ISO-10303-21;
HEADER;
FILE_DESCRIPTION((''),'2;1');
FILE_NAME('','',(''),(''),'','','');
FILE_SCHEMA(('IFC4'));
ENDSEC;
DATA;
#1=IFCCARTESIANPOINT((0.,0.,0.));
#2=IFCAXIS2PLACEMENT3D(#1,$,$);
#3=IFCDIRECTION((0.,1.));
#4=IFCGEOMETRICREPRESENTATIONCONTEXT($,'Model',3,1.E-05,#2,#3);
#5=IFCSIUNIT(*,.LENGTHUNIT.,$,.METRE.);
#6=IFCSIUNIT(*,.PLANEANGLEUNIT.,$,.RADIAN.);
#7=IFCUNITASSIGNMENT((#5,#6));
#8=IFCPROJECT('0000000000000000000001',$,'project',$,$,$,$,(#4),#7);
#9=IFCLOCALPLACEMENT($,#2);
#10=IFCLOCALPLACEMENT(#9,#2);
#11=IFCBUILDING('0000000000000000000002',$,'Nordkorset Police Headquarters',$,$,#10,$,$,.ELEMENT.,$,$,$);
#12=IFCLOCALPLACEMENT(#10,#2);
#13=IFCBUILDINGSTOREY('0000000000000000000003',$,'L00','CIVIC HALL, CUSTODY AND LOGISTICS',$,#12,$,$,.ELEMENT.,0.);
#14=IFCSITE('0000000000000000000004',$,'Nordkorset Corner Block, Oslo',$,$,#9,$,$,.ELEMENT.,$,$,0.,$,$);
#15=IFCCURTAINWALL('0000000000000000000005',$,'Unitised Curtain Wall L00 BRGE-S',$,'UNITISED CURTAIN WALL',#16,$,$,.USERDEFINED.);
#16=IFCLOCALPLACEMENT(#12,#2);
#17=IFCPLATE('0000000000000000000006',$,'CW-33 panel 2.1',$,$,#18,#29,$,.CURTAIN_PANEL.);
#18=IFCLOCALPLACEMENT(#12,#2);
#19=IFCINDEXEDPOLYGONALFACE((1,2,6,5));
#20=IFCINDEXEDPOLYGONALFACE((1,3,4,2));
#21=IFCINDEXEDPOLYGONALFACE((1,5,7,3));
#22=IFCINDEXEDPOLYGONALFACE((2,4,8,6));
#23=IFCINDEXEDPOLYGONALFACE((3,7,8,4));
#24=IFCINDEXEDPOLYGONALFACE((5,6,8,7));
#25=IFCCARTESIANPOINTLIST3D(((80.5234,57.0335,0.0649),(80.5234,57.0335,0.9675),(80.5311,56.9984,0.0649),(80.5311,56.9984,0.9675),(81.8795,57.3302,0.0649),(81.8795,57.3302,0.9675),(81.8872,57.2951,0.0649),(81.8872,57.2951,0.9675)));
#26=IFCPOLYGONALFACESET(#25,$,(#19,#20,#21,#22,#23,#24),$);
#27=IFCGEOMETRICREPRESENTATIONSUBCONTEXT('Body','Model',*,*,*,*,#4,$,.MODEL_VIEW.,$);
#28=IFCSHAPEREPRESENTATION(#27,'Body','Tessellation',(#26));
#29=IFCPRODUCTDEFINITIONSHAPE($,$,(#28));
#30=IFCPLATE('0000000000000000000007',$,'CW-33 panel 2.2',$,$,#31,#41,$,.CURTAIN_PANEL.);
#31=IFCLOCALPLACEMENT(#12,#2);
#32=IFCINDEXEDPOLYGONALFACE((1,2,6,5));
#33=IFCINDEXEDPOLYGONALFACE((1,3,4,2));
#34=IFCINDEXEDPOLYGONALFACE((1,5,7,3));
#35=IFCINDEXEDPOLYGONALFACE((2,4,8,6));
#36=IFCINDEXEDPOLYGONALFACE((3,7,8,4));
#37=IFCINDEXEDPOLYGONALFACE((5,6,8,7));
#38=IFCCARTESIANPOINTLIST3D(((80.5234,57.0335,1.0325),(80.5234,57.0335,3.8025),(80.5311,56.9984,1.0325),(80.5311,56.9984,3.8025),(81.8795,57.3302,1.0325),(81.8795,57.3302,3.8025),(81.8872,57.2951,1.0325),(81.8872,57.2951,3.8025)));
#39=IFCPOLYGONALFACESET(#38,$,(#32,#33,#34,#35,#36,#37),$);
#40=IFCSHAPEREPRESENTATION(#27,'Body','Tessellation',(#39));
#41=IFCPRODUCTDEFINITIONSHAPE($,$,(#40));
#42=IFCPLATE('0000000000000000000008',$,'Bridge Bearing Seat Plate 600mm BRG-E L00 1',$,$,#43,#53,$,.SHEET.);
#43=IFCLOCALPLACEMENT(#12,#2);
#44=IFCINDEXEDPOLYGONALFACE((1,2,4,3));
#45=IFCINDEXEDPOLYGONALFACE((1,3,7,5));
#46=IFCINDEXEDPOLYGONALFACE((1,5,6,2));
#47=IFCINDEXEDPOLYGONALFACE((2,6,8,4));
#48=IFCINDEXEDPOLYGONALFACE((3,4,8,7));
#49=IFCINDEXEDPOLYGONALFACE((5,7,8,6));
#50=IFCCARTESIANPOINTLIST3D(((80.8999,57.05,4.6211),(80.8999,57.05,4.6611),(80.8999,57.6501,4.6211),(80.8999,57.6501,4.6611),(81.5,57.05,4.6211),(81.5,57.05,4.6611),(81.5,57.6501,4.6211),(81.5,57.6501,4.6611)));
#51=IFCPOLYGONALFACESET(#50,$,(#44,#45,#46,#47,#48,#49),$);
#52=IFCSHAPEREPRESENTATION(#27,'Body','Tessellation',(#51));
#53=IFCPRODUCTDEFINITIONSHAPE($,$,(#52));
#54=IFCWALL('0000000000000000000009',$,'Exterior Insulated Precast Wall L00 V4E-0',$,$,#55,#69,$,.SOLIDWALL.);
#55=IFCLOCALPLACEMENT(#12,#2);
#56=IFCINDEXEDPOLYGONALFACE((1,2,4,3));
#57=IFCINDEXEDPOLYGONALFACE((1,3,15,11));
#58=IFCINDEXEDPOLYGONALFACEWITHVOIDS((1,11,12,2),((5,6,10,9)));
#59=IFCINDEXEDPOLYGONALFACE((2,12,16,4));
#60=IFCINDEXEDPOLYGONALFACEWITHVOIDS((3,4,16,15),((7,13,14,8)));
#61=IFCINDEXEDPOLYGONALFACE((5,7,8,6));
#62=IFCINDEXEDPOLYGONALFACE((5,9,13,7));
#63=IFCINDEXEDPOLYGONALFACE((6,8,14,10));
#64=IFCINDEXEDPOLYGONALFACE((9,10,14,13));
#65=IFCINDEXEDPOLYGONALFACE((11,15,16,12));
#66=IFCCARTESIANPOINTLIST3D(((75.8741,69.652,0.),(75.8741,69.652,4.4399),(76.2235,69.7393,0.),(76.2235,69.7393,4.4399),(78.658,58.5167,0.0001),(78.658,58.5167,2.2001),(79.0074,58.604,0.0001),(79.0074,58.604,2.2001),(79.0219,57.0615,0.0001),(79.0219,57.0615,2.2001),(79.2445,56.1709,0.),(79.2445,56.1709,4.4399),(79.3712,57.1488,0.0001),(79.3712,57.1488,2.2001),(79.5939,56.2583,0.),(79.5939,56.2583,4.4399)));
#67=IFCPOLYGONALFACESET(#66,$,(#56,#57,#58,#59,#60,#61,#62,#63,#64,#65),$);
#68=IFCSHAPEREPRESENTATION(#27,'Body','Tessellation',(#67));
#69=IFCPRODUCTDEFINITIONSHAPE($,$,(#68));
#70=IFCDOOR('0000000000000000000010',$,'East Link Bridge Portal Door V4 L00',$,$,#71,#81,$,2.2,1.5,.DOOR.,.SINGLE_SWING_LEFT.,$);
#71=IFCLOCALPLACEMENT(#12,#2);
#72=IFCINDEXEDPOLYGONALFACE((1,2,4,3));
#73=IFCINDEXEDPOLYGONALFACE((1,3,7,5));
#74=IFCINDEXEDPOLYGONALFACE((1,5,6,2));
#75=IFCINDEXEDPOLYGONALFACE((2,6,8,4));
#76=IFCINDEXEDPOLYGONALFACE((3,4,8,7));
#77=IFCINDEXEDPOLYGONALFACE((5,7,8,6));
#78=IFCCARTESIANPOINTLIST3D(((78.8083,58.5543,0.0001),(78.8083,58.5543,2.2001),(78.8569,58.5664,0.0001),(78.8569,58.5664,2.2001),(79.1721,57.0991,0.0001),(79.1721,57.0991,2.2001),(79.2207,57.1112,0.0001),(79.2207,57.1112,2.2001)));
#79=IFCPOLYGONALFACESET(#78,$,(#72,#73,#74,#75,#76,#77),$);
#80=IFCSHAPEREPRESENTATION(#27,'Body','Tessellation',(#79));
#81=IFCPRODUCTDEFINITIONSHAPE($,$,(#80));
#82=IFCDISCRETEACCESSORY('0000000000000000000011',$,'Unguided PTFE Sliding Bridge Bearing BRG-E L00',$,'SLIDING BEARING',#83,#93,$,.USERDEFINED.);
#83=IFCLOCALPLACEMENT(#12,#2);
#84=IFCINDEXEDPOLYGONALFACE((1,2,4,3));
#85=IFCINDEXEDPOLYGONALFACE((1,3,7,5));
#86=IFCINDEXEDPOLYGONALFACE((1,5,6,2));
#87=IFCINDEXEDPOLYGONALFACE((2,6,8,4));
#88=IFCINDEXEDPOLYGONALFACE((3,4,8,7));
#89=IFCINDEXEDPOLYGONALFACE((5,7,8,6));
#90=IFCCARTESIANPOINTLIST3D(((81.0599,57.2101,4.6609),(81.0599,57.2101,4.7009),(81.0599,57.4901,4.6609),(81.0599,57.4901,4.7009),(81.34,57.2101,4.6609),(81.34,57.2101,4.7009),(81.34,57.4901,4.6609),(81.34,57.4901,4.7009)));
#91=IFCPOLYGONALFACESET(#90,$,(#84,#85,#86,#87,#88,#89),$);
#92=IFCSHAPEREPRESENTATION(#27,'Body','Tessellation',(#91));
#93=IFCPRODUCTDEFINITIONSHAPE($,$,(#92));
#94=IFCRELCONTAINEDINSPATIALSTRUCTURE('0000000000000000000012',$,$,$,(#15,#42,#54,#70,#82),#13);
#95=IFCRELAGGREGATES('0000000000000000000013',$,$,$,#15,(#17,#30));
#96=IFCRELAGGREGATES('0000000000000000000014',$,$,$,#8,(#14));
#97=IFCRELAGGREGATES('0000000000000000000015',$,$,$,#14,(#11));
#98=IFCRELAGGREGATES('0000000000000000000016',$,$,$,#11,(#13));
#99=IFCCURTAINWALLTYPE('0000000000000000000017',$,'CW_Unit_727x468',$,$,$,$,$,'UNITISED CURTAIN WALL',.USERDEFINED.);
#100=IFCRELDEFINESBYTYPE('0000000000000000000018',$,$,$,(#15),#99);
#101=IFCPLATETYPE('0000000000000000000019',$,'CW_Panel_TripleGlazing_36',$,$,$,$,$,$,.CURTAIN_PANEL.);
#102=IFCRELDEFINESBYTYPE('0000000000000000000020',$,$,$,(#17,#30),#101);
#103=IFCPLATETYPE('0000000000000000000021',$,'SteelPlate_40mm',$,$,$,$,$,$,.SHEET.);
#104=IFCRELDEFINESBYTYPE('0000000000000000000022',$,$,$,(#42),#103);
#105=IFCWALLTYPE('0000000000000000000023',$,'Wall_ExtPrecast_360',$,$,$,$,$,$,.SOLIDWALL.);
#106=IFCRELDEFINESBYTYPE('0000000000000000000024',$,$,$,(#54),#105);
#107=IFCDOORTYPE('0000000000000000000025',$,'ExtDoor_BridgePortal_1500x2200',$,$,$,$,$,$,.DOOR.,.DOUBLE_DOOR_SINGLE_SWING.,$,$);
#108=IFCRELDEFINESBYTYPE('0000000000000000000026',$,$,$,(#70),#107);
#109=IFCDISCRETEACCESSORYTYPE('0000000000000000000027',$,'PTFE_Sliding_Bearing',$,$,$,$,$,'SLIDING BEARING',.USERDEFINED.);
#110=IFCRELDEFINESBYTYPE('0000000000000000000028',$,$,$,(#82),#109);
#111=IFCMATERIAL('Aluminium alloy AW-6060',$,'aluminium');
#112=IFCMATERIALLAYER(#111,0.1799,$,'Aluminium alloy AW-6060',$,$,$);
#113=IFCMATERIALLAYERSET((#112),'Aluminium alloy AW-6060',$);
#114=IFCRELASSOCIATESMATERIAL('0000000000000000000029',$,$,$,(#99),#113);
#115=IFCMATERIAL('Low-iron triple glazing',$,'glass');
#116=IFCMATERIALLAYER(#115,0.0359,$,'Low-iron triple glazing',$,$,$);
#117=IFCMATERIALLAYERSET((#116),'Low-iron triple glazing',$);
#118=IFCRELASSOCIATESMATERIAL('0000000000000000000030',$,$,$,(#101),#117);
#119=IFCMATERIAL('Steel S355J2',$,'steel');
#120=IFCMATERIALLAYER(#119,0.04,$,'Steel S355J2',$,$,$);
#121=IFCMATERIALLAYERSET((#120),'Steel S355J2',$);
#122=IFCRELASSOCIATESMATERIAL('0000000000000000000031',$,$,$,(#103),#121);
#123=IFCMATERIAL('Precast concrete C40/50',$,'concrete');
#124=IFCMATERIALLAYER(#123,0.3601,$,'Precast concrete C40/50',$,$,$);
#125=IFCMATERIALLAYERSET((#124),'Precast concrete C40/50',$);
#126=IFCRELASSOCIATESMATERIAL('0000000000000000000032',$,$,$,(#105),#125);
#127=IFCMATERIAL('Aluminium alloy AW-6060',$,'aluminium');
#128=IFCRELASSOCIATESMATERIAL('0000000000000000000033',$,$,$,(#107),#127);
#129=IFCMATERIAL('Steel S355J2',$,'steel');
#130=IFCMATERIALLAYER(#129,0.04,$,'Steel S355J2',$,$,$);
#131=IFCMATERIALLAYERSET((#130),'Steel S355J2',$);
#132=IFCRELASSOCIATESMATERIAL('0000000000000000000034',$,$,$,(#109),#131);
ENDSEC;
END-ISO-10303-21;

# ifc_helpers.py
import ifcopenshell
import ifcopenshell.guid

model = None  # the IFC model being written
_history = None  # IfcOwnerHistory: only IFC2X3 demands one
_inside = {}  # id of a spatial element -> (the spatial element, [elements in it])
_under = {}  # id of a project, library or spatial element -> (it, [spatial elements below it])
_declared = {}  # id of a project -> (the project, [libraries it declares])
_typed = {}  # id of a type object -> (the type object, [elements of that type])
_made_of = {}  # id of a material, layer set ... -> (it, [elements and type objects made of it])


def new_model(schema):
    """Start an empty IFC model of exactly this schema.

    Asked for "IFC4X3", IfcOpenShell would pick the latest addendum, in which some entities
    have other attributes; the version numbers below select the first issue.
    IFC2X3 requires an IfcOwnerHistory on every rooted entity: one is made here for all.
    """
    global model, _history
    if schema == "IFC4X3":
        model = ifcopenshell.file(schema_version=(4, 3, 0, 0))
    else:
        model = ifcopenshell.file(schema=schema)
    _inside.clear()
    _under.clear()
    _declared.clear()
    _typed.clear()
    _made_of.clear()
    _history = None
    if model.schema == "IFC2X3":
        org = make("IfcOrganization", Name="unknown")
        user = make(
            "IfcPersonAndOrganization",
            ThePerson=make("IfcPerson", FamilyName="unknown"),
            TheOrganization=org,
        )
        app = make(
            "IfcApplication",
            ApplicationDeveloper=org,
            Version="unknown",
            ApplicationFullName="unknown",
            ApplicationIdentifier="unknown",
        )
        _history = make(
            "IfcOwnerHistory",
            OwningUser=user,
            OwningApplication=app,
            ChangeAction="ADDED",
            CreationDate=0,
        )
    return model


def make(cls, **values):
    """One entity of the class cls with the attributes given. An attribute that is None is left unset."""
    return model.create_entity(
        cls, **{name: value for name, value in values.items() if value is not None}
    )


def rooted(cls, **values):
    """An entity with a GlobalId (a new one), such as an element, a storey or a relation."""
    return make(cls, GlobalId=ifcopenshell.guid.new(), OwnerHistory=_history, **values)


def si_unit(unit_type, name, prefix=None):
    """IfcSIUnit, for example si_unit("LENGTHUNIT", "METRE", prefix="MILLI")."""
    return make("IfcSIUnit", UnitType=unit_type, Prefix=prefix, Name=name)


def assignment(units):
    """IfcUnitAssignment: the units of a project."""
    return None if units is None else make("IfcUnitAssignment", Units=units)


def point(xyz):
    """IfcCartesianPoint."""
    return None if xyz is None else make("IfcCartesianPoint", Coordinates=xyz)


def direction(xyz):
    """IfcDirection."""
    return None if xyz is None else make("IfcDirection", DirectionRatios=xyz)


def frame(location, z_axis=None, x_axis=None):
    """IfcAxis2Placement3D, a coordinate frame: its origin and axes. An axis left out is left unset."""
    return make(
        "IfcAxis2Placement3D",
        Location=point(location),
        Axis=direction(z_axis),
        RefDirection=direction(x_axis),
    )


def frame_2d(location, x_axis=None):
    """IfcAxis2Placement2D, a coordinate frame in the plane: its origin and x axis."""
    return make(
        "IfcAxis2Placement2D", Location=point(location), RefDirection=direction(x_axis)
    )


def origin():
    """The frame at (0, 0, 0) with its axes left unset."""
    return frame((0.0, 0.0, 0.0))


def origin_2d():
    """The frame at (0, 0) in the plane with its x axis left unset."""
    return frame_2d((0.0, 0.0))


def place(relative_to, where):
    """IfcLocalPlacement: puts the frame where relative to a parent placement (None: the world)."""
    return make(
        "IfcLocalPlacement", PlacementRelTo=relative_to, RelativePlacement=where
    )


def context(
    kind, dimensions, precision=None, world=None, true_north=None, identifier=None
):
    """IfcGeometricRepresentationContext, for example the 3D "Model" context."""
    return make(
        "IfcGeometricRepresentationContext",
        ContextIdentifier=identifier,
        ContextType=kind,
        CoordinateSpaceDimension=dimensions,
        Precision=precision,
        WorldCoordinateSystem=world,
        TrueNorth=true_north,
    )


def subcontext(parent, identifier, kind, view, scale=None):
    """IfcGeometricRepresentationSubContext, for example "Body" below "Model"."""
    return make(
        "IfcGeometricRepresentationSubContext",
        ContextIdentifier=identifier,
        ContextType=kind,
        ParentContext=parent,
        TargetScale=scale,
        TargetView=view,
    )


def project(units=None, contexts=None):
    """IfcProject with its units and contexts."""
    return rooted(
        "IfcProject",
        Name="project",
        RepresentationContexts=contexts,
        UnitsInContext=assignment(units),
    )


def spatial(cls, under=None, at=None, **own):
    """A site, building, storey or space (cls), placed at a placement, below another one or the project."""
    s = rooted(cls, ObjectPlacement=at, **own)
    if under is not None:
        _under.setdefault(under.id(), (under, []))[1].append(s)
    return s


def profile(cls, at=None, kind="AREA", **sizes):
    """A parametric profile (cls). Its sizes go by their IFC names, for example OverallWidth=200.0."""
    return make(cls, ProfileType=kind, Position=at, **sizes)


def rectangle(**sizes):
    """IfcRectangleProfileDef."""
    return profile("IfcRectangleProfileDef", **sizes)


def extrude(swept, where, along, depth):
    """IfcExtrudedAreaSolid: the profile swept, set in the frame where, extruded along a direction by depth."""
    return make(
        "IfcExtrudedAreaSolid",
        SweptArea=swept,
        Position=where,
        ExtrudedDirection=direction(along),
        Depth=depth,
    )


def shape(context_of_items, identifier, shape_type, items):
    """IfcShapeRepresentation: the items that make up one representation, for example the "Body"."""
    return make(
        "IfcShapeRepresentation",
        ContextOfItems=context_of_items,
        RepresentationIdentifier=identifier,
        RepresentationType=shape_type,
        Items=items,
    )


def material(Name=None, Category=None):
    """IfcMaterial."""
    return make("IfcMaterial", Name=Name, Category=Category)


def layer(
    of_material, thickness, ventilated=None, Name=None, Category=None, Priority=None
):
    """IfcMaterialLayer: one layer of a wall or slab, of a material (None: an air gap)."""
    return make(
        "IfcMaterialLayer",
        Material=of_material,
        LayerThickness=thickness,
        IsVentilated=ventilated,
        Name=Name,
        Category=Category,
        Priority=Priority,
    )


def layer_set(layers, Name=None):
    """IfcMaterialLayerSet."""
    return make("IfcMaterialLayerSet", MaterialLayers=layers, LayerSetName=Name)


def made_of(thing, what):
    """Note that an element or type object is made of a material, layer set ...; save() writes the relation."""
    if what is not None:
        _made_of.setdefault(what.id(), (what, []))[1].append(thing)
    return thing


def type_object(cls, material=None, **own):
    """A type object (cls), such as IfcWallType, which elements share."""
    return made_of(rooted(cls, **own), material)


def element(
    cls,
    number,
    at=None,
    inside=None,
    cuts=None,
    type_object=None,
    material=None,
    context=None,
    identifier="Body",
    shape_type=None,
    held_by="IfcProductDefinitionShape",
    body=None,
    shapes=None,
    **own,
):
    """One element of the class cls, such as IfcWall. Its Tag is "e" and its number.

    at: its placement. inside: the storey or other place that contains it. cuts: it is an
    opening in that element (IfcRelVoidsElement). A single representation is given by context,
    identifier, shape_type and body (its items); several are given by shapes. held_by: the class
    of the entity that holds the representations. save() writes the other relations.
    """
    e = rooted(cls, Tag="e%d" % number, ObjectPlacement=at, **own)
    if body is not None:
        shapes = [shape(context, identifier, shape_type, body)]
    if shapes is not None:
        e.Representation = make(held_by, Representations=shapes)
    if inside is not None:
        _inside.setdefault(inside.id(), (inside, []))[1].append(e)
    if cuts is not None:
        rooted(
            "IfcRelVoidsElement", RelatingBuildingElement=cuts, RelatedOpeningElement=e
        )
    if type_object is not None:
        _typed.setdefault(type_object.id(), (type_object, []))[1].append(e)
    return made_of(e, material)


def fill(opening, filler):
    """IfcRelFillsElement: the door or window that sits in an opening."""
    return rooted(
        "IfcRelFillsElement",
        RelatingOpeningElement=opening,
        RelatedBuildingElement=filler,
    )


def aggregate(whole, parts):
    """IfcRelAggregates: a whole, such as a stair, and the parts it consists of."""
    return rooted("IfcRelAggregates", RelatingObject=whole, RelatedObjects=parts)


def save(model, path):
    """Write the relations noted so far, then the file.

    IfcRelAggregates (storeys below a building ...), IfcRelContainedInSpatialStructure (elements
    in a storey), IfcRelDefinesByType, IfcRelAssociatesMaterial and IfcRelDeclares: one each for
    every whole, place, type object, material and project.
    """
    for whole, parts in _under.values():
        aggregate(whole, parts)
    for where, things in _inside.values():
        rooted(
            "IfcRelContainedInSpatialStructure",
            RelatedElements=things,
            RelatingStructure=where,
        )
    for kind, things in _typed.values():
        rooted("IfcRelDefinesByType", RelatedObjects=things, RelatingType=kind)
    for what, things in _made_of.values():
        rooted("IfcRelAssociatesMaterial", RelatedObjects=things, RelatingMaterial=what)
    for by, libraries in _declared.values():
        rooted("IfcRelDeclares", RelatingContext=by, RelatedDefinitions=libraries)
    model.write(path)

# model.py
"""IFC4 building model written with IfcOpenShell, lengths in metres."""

from ifc_helpers import new_model, si_unit, direction, frame, frame_2d, origin, origin_2d, place, context, subcontext, project, spatial, rectangle, extrude, material, layer, layer_set, type_object, element, fill, aggregate, save


model = new_model("IFC4")

# Units and contexts
model_context = context("Model", 3, precision=1e-05, world=origin(), true_north=direction((0.0, 1.0)))
body_context = subcontext(model_context, "Body", "Model", "MODEL_VIEW")
ifc_project = project(units=[si_unit("LENGTHUNIT", "METRE"), si_unit("PLANEANGLEUNIT", "RADIAN")], contexts=[model_context])

# Site, building, storey
site_placement = place(None, origin())
site = spatial("IfcSite", under=ifc_project, at=site_placement, Name="Nordkorset Corner Block, Oslo", CompositionType="ELEMENT", RefElevation=0.0)
building_placement = place(site_placement, origin())
building = spatial("IfcBuilding", under=site, at=building_placement, Name="Nordkorset Police Headquarters", CompositionType="ELEMENT")
storey_placement = place(building_placement, origin())
storey = spatial("IfcBuildingStorey", under=building, at=storey_placement, Name="L00", Description="CIVIC HALL, CUSTODY AND LOGISTICS", CompositionType="ELEMENT", Elevation=0.0)

# Curtain wall
ifc_material_1 = material(Name="Aluminium alloy AW-6060", Category="aluminium")
ifc_layer_1 = layer(ifc_material_1, 0.1799, Name="Aluminium alloy AW-6060")
ifc_layer_set_1 = layer_set([ifc_layer_1], Name="Aluminium alloy AW-6060")
curtain_wall_type_1 = type_object("IfcCurtainWallType", Name="CW_Unit_727x468", ElementType="UNITISED CURTAIN WALL", PredefinedType="USERDEFINED", material=ifc_layer_set_1)
curtain_wall_1_placement = place(storey_placement, origin())
curtain_wall_1 = element("IfcCurtainWall", 1, at=curtain_wall_1_placement, inside=storey, type_object=curtain_wall_type_1, Name="Unitised Curtain Wall L00 BRGE-S", ObjectType="UNITISED CURTAIN WALL", PredefinedType="USERDEFINED")

# Plates
ifc_material_2 = material(Name="Low-iron triple glazing", Category="glass")
ifc_layer_2 = layer(ifc_material_2, 0.0359, Name="Low-iron triple glazing")
ifc_layer_set_2 = layer_set([ifc_layer_2], Name="Low-iron triple glazing")
plate_type_1 = type_object("IfcPlateType", Name="CW_Panel_TripleGlazing_36", PredefinedType="CURTAIN_PANEL", material=ifc_layer_set_2)
plate_1_placement = place(storey_placement, frame((81.2053, 57.1643, 0.0649), z_axis=(0.0, 0.0, 1.0), x_axis=(0.976891, 0.213737, 0.0)))
plate_1 = element("IfcPlate", 2, at=plate_1_placement, type_object=plate_type_1, Name="CW-33 panel 2.1", PredefinedType="CURTAIN_PANEL", context=body_context, shape_type="SweptSolid", body=[
    extrude(rectangle(XDim=1.3882, YDim=0.0359, at=origin_2d()), origin(), (0.0, 0.0, 1.0), 0.9026),
])
plate_2_placement = place(storey_placement, frame((81.2053, 57.1643, 1.0325), z_axis=(0.0, 0.0, 1.0), x_axis=(0.976891, 0.213737, 0.0)))
plate_2 = element("IfcPlate", 3, at=plate_2_placement, type_object=plate_type_1, Name="CW-33 panel 2.2", PredefinedType="CURTAIN_PANEL", context=body_context, shape_type="SweptSolid", body=[
    extrude(rectangle(XDim=1.3882, YDim=0.0359, at=origin_2d()), origin(), (0.0, 0.0, 1.0), 2.77),
])
aggregate(curtain_wall_1, [plate_1, plate_2])
ifc_material_3 = material(Name="Steel S355J2", Category="steel")
ifc_layer_3 = layer(ifc_material_3, 0.04, Name="Steel S355J2")
ifc_layer_set_3 = layer_set([ifc_layer_3], Name="Steel S355J2")
plate_type_2 = type_object("IfcPlateType", Name="SteelPlate_40mm", PredefinedType="SHEET", material=ifc_layer_set_3)
plate_3_placement = place(storey_placement, frame((81.2, 57.3501, 4.6211), z_axis=(0.0, 0.0, 1.0), x_axis=(1.0, 0.0, 0.0)))
element("IfcPlate", 4, at=plate_3_placement, inside=storey, type_object=plate_type_2, Name="Bridge Bearing Seat Plate 600mm BRG-E L00 1", PredefinedType="SHEET", context=body_context, shape_type="SweptSolid", body=[
    extrude(rectangle(XDim=0.6001, YDim=0.6001, at=origin_2d()), origin(), (0.0, 0.0, 1.0), 0.04),
])

# Wall, opening, door
ifc_material_4 = material(Name="Precast concrete C40/50", Category="concrete")
ifc_layer_4 = layer(ifc_material_4, 0.3601, Name="Precast concrete C40/50")
ifc_layer_set_4 = layer_set([ifc_layer_4], Name="Precast concrete C40/50")
wall_type = type_object("IfcWallType", Name="Wall_ExtPrecast_360", PredefinedType="SOLIDWALL", material=ifc_layer_set_4)
wall_placement = place(storey_placement, frame((79.4192, 56.2146, 0.0), z_axis=(0.0, 0.0, 1.0), x_axis=(-0.242544, 0.97014, 0.0)))
wall = element("IfcWall", 5, at=wall_placement, inside=storey, type_object=wall_type, Name="Exterior Insulated Precast Wall L00 V4E-0", PredefinedType="SOLIDWALL", context=body_context, shape_type="SweptSolid", body=[
    extrude(rectangle(XDim=13.896, YDim=0.3601, at=frame_2d((6.948, 0.0))), origin(), (0.0, 0.0, 1.0), 4.4399),
])
opening_placement = place(wall_placement, frame((0.918, 0.0, 0.0)))
opening = element("IfcOpeningElement", 6, at=opening_placement, cuts=wall, PredefinedType="OPENING", context=body_context, shape_type="SweptSolid", body=[
    extrude(rectangle(XDim=1.5, YDim=2.2, at=frame_2d((0.75, 1.1001))), frame((0.0, 0.1899, 0.0), z_axis=(0.0, -1.0, 0.0), x_axis=(1.0, 0.0, 0.0)), (0.0, 0.0, 1.0), 0.3801),
])
ifc_material_5 = material(Name="Aluminium alloy AW-6060", Category="aluminium")
door_type = type_object("IfcDoorType", Name="ExtDoor_BridgePortal_1500x2200", OperationType="DOUBLE_DOOR_SINGLE_SWING", PredefinedType="DOOR", material=ifc_material_5)
door_placement = place(opening_placement, frame((1.5, 0.0, 0.0), z_axis=(0.0, 0.0, 1.0), x_axis=(-1.0, 0.0, 0.0)))
door = element("IfcDoor", 7, at=door_placement, inside=storey, type_object=door_type, Name="East Link Bridge Portal Door V4 L00", OperationType="SINGLE_SWING_LEFT", OverallHeight=2.2, OverallWidth=1.5, PredefinedType="DOOR", context=body_context, shape_type="SweptSolid", body=[
    extrude(rectangle(XDim=1.5, YDim=2.2, at=frame_2d((0.75, 1.1001))), frame((0.0, 0.0249, 0.0), z_axis=(0.0, -1.0, 0.0), x_axis=(1.0, 0.0, 0.0)), (0.0, 0.0, 1.0), 0.05),
])
fill(opening, door)

# Discrete accessory
ifc_material_6 = material(Name="Steel S355J2", Category="steel")
ifc_layer_5 = layer(ifc_material_6, 0.04, Name="Steel S355J2")
ifc_layer_set_5 = layer_set([ifc_layer_5], Name="Steel S355J2")
discrete_accessory_type = type_object("IfcDiscreteAccessoryType", Name="PTFE_Sliding_Bearing", ElementType="SLIDING BEARING", PredefinedType="USERDEFINED", material=ifc_layer_set_5)
discrete_accessory_placement = place(storey_placement, frame((81.2, 57.3501, 4.6609), z_axis=(0.0, 0.0, 1.0), x_axis=(1.0, 0.0, 0.0)))
element("IfcDiscreteAccessory", 8, at=discrete_accessory_placement, inside=storey, type_object=discrete_accessory_type, Name="Unguided PTFE Sliding Bridge Bearing BRG-E L00", ObjectType="SLIDING BEARING", PredefinedType="USERDEFINED", context=body_context, shape_type="SweptSolid", body=[
    extrude(rectangle(XDim=0.28, YDim=0.28, at=origin_2d()), origin(), (0.0, 0.0, 1.0), 0.04),
])

save(model, "model.ifc")
